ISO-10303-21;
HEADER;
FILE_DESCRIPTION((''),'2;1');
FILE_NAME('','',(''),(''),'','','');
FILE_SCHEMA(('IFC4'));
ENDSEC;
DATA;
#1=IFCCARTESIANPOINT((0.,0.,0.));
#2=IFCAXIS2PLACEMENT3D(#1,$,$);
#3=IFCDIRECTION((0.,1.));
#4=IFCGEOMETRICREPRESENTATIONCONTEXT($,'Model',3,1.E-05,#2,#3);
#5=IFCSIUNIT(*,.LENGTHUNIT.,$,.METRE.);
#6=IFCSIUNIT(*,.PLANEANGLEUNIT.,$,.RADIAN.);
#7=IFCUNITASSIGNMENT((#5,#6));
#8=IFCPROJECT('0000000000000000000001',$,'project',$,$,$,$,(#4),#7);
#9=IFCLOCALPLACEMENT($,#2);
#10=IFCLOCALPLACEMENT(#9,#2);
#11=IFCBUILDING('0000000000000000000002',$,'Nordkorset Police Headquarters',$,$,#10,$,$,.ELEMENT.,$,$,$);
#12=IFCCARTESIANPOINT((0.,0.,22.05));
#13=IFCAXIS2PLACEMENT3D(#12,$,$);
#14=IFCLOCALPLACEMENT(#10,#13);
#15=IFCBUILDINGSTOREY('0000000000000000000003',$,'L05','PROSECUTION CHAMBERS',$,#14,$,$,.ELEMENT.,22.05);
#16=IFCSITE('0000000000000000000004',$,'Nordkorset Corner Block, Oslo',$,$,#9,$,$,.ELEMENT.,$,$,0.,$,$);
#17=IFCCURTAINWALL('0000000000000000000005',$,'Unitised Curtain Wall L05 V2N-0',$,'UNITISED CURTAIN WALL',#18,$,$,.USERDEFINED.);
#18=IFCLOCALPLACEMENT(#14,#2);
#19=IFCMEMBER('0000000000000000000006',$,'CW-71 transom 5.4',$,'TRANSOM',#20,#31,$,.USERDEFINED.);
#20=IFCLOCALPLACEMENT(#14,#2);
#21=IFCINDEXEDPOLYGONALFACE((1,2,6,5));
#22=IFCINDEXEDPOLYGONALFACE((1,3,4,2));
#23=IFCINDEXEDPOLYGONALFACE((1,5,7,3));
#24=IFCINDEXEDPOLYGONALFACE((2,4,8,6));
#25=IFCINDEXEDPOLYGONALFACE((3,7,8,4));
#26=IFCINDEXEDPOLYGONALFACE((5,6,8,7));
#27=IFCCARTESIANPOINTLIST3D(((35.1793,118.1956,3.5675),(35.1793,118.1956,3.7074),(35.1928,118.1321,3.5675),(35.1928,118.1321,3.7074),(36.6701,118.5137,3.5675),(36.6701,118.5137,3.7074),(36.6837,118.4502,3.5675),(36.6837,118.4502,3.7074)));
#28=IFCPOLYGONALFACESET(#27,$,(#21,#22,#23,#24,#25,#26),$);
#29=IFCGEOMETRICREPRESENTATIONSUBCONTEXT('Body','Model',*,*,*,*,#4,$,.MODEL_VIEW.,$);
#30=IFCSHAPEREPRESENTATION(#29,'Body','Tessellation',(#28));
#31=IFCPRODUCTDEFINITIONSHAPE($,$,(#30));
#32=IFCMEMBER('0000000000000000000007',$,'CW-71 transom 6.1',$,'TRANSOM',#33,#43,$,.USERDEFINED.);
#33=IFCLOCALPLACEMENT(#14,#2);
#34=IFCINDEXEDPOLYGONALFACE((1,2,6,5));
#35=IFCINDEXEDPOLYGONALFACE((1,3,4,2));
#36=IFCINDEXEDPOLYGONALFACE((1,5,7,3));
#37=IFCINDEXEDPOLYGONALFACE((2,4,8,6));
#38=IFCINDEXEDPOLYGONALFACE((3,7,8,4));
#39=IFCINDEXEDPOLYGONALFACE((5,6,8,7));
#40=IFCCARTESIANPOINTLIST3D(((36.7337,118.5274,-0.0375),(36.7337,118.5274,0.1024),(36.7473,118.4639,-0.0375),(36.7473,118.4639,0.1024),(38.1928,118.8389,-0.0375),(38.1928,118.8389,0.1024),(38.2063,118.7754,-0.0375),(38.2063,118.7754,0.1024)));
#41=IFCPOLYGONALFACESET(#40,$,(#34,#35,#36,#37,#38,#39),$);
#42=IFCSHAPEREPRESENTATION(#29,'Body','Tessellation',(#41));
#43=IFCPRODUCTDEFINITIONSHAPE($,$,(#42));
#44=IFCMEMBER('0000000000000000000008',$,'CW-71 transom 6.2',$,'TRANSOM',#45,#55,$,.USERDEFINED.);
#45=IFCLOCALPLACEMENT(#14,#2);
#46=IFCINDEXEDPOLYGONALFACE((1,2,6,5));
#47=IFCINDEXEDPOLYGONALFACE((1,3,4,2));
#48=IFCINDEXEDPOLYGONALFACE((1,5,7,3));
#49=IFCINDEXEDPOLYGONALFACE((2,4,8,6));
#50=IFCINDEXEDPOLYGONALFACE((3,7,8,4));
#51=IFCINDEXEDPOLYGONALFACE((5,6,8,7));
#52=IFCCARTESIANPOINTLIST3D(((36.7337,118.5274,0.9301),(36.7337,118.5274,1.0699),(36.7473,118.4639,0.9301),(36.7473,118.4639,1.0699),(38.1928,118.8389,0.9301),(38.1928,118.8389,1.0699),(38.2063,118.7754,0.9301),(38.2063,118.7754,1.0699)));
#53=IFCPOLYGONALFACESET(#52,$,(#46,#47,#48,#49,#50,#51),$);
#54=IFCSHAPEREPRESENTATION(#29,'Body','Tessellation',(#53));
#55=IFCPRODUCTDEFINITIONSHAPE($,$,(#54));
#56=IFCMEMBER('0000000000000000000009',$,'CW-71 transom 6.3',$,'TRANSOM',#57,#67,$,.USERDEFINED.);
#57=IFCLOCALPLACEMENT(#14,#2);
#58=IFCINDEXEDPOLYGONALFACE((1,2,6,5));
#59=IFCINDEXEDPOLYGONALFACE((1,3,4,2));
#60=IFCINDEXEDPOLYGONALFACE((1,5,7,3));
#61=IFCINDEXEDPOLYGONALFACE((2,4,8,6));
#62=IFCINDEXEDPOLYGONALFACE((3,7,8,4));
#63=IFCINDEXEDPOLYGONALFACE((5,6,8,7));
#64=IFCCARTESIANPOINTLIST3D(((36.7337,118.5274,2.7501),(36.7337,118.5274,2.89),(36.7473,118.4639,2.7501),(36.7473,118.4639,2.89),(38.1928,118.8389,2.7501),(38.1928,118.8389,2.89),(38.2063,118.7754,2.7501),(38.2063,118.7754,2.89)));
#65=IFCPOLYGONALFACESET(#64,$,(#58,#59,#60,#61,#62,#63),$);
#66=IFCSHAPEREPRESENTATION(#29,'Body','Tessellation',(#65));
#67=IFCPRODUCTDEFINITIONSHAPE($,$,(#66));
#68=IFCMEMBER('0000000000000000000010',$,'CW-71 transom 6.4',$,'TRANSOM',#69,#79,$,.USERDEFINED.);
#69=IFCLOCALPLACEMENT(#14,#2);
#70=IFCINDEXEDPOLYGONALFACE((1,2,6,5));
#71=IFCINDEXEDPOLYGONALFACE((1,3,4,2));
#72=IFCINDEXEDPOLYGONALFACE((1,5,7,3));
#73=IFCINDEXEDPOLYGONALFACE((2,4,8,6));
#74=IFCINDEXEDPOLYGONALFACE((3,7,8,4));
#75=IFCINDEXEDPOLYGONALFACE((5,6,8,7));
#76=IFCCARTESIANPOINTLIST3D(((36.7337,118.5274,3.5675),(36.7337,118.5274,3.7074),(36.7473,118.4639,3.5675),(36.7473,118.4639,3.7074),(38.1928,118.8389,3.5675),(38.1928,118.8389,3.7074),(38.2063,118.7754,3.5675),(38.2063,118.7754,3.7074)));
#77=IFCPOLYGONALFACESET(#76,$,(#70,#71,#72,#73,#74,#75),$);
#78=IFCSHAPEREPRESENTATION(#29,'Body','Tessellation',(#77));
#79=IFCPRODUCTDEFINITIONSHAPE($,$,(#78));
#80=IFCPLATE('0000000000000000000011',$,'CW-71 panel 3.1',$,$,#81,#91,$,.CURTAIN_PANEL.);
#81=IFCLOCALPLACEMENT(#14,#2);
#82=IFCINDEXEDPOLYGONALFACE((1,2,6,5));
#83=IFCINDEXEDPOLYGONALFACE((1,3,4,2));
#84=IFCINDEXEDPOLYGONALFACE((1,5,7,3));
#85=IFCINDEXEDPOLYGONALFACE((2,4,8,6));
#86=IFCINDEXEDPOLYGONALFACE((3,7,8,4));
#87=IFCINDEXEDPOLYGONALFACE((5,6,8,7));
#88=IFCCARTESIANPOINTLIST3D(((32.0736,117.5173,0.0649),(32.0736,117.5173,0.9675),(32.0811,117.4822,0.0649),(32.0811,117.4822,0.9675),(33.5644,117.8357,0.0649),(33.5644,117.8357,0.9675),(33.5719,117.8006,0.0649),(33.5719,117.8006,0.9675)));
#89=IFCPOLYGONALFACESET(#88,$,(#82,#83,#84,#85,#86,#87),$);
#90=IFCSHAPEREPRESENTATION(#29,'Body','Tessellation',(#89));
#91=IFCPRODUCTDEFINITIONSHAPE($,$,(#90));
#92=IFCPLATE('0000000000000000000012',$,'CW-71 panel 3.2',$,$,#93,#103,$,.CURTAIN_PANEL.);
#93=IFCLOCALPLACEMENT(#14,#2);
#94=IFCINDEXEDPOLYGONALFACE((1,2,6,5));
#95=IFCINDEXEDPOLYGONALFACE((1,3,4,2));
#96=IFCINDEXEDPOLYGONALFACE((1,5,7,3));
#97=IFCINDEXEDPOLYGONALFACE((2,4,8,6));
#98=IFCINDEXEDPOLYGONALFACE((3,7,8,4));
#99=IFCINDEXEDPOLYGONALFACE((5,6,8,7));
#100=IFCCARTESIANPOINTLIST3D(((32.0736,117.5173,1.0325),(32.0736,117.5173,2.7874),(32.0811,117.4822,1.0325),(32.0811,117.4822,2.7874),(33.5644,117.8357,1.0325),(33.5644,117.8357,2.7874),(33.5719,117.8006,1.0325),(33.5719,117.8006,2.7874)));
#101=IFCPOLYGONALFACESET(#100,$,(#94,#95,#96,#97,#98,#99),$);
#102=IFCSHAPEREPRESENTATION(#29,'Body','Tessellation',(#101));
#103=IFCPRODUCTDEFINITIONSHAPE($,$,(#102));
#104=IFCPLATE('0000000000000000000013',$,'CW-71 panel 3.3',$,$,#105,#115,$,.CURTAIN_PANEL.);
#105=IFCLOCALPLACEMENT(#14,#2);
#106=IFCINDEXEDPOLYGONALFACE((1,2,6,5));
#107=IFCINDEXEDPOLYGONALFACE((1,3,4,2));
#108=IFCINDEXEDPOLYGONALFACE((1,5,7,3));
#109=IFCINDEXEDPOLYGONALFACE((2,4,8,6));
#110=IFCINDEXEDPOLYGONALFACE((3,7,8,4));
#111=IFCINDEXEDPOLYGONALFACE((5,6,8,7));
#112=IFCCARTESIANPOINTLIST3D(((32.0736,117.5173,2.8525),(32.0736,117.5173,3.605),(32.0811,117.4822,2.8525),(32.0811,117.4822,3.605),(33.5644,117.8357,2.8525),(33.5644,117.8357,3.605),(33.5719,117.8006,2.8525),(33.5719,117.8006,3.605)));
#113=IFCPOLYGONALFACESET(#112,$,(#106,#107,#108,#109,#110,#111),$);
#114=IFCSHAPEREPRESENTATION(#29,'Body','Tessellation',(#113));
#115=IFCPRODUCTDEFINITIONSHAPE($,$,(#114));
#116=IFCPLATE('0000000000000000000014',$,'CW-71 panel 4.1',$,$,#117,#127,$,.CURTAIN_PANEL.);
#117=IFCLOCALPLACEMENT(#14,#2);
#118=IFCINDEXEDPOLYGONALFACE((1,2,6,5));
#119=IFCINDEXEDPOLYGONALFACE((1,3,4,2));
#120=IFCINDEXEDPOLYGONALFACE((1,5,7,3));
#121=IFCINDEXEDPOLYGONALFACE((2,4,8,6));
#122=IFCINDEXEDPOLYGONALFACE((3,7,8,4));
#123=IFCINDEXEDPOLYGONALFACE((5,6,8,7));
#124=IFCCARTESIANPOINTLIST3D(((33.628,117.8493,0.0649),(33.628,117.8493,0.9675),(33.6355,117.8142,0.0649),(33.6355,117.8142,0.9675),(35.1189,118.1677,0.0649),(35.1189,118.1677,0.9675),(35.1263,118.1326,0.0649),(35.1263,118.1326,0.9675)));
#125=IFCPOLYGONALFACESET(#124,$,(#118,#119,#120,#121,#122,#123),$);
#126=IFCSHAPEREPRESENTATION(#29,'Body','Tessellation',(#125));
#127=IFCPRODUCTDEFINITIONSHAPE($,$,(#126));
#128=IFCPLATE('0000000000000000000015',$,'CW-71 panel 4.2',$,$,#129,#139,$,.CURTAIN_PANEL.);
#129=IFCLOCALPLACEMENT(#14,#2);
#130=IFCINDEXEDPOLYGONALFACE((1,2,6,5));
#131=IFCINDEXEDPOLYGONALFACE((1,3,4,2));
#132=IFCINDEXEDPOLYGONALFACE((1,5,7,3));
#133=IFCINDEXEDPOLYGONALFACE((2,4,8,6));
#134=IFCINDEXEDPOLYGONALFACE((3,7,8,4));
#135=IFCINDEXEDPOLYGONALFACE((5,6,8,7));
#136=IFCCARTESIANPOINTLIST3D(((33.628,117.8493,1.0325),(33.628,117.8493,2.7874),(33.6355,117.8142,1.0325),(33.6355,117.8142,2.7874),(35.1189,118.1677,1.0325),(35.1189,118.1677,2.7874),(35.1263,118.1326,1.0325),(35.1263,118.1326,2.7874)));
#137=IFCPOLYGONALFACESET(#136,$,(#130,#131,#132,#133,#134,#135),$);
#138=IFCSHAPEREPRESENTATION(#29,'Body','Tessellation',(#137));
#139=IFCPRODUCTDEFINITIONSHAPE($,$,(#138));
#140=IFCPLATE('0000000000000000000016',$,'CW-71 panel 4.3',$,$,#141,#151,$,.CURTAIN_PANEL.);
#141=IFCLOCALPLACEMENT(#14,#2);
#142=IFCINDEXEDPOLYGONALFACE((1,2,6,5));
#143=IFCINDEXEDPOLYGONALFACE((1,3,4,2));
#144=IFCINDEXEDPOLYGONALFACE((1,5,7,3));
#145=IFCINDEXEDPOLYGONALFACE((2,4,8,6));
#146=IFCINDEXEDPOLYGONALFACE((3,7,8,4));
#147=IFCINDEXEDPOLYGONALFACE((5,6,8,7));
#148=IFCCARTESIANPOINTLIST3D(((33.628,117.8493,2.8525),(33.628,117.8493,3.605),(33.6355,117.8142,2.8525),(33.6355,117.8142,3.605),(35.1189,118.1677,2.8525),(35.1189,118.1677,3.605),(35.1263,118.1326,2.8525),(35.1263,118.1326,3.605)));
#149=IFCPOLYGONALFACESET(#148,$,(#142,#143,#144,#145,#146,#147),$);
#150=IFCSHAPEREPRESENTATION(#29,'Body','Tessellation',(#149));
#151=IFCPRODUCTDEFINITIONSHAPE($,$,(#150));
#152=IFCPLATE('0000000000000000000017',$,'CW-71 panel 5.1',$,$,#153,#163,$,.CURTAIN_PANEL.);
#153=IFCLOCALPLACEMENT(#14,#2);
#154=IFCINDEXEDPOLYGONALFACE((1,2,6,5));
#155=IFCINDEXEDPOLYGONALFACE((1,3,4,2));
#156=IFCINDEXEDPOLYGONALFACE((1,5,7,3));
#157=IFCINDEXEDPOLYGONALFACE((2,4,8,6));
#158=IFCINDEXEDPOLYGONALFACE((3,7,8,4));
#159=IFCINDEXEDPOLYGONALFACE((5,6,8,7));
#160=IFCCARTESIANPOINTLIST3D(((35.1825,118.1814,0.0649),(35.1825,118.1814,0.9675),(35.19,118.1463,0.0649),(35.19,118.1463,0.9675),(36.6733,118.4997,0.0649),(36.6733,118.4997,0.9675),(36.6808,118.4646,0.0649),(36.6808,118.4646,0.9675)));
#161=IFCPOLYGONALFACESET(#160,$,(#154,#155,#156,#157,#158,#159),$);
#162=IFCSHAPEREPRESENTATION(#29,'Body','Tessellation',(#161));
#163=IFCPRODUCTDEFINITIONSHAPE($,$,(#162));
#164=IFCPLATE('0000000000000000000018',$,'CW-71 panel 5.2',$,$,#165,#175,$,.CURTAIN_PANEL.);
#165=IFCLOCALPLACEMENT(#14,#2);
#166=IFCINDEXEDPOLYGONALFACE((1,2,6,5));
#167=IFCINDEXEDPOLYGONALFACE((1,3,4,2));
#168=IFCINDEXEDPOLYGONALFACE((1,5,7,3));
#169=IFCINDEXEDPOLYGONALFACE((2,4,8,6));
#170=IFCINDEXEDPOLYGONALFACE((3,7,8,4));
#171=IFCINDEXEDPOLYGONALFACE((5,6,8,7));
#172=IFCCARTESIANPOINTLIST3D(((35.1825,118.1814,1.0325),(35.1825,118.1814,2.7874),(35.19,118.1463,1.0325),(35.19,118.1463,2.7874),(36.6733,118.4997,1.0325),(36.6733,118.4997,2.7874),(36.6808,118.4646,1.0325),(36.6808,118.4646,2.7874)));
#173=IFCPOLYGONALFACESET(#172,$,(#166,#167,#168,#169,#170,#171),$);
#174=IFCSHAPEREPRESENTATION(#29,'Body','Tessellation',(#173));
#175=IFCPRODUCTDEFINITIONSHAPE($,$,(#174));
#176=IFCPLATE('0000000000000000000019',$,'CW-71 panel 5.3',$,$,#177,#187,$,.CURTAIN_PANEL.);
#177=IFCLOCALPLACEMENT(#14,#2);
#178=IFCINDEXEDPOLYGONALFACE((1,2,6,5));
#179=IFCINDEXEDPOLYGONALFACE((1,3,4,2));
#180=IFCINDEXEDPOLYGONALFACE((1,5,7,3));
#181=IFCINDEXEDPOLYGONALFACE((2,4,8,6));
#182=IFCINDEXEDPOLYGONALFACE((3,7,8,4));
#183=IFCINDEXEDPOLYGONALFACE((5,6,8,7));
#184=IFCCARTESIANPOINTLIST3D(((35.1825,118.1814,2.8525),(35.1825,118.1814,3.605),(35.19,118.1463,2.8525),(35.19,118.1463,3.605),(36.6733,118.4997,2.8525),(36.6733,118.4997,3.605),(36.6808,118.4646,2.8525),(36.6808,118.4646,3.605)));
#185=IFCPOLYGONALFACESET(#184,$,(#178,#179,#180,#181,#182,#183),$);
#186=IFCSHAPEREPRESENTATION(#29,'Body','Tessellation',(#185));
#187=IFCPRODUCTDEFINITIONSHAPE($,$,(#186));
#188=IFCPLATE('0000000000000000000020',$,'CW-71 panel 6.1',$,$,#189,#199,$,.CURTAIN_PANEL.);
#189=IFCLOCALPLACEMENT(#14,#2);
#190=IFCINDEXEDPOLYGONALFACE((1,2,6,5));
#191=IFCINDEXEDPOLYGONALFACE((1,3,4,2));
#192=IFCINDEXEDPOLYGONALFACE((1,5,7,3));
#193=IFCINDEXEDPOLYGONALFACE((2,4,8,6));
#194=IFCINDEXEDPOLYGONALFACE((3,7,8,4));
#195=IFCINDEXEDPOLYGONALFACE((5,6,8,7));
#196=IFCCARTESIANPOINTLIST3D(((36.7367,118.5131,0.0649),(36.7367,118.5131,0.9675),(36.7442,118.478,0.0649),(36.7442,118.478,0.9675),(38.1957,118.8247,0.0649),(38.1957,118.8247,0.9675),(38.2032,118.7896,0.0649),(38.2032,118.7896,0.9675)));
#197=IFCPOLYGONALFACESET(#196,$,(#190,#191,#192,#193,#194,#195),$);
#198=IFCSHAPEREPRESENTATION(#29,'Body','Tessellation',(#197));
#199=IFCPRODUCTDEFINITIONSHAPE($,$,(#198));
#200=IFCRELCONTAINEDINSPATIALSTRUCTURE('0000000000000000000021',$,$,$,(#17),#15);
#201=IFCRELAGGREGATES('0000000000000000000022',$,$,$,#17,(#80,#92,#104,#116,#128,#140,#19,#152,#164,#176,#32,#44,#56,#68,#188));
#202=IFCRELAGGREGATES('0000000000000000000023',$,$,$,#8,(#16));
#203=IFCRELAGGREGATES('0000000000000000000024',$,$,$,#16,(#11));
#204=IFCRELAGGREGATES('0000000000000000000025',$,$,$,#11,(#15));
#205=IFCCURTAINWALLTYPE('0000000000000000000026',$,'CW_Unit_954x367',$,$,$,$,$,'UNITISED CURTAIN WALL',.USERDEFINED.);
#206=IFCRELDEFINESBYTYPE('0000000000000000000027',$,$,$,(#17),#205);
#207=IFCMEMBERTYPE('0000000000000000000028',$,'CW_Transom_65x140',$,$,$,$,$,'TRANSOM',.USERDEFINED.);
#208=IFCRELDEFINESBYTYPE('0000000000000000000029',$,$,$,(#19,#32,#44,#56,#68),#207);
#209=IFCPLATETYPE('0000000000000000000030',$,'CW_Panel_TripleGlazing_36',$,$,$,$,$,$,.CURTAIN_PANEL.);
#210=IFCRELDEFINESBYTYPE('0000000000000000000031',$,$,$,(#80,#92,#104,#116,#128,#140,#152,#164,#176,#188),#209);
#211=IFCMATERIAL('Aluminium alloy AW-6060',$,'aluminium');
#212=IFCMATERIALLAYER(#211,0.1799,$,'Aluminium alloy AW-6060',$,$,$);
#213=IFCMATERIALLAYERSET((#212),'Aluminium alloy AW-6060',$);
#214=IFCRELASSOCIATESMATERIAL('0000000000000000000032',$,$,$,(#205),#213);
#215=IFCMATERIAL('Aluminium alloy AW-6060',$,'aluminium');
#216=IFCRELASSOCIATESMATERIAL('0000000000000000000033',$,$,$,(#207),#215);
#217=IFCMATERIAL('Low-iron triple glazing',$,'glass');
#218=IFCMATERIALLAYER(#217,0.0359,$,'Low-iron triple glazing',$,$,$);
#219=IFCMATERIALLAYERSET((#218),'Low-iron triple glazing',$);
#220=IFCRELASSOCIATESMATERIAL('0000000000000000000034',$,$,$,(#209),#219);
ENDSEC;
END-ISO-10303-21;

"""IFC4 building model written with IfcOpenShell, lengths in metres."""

from ifc_helpers import new_model, si_unit, direction, frame, origin, origin_2d, place, context, subcontext, project, spatial, rectangle, extrude, material, layer, layer_set, material_profile, profile_set, type_object, element, aggregate, save


model = new_model("IFC4")

# Units and contexts
model_context = context("Model", 3, precision=1e-05, world=origin(), true_north=direction((0.0, 1.0)))
body_context = subcontext(model_context, "Body", "Model", "MODEL_VIEW")
ifc_project = project(units=[si_unit("LENGTHUNIT", "METRE"), si_unit("PLANEANGLEUNIT", "RADIAN")], contexts=[model_context])

# Site, building, storey
site_placement = place(None, origin())
site = spatial("IfcSite", under=ifc_project, at=site_placement, Name="Nordkorset Corner Block, Oslo", CompositionType="ELEMENT", RefElevation=0.0)
building_placement = place(site_placement, origin())
building = spatial("IfcBuilding", under=site, at=building_placement, Name="Nordkorset Police Headquarters", CompositionType="ELEMENT")
storey_placement = place(building_placement, frame((0.0, 0.0, 22.05)))
storey = spatial("IfcBuildingStorey", under=building, at=storey_placement, Name="L05", Description="PROSECUTION CHAMBERS", CompositionType="ELEMENT", Elevation=22.05)

# Curtain wall, members, plates
ifc_material_1 = material(Name="Aluminium alloy AW-6060", Category="aluminium")
ifc_layer_1 = layer(ifc_material_1, 0.1799, Name="Aluminium alloy AW-6060")
ifc_layer_set_1 = layer_set([ifc_layer_1], Name="Aluminium alloy AW-6060")
curtain_wall_type = type_object("IfcCurtainWallType", Name="CW_Unit_954x367", ElementType="UNITISED CURTAIN WALL", PredefinedType="USERDEFINED", material=ifc_layer_set_1)
curtain_wall_placement = place(storey_placement, origin())
curtain_wall = element("IfcCurtainWall", 1, at=curtain_wall_placement, inside=storey, type_object=curtain_wall_type, Name="Unitised Curtain Wall L05 V2N-0", ObjectType="UNITISED CURTAIN WALL", PredefinedType="USERDEFINED")
ifc_material_2 = material(Name="Aluminium alloy AW-6060", Category="aluminium")
ifc_material_profile_1 = material_profile(ifc_material_2, rectangle(XDim=0.0649, YDim=0.1399, at=origin_2d()), Name="ALU TRAN 65x140")
ifc_profile_set_1 = profile_set([ifc_material_profile_1], Name="Aluminium alloy AW-6060")
member_type_1 = type_object("IfcMemberType", Name="CW_Transom_65x140", ElementType="TRANSOM", PredefinedType="USERDEFINED", material=ifc_profile_set_1)
member_1_placement = place(storey_placement, frame((35.186, 118.1638, 3.6375), z_axis=(0.977987, 0.208665, 0.0), x_axis=(-0.208665, 0.977987, 0.0)))
member_1 = element("IfcMember", 2, at=member_1_placement, type_object=member_type_1, Name="CW-71 transom 5.4", ObjectType="TRANSOM", PredefinedType="USERDEFINED", context=body_context, shape_type="SweptSolid", body=[
    extrude(rectangle(XDim=0.0649, YDim=0.1399, at=origin_2d()), origin(), (0.0, 0.0, 1.0), 1.5244),
])
member_2_placement = place(storey_placement, frame((36.7405, 118.4956, 0.0325), z_axis=(0.977955, 0.208814, 0.0), x_axis=(-0.208814, 0.977955, 0.0)))
member_2 = element("IfcMember", 3, at=member_2_placement, type_object=member_type_1, Name="CW-71 transom 6.1", ObjectType="TRANSOM", PredefinedType="USERDEFINED", context=body_context, shape_type="SweptSolid", body=[
    extrude(rectangle(XDim=0.0649, YDim=0.1399, at=origin_2d()), origin(), (0.0, 0.0, 1.0), 1.4919),
])
member_3_placement = place(storey_placement, frame((36.7405, 118.4956, 1.0), z_axis=(0.977955, 0.208814, 0.0), x_axis=(-0.208814, 0.977955, 0.0)))
member_3 = element("IfcMember", 4, at=member_3_placement, type_object=member_type_1, Name="CW-71 transom 6.2", ObjectType="TRANSOM", PredefinedType="USERDEFINED", context=body_context, shape_type="SweptSolid", body=[
    extrude(rectangle(XDim=0.0649, YDim=0.1399, at=origin_2d()), origin(), (0.0, 0.0, 1.0), 1.4919),
])
member_4_placement = place(storey_placement, frame((36.7405, 118.4956, 2.8201), z_axis=(0.977955, 0.208814, 0.0), x_axis=(-0.208814, 0.977955, 0.0)))
member_4 = element("IfcMember", 5, at=member_4_placement, type_object=member_type_1, Name="CW-71 transom 6.3", ObjectType="TRANSOM", PredefinedType="USERDEFINED", context=body_context, shape_type="SweptSolid", body=[
    extrude(rectangle(XDim=0.0649, YDim=0.1399, at=origin_2d()), origin(), (0.0, 0.0, 1.0), 1.4919),
])
member_5_placement = place(storey_placement, frame((36.7405, 118.4956, 3.6375), z_axis=(0.977955, 0.208814, 0.0), x_axis=(-0.208814, 0.977955, 0.0)))
member_5 = element("IfcMember", 6, at=member_5_placement, type_object=member_type_1, Name="CW-71 transom 6.4", ObjectType="TRANSOM", PredefinedType="USERDEFINED", context=body_context, shape_type="SweptSolid", body=[
    extrude(rectangle(XDim=0.0649, YDim=0.1399, at=origin_2d()), origin(), (0.0, 0.0, 1.0), 1.4919),
])
ifc_material_3 = material(Name="Low-iron triple glazing", Category="glass")
ifc_layer_2 = layer(ifc_material_3, 0.0359, Name="Low-iron triple glazing")
ifc_layer_set_2 = layer_set([ifc_layer_2], Name="Low-iron triple glazing")
plate_type = type_object("IfcPlateType", Name="CW_Panel_TripleGlazing_36", PredefinedType="CURTAIN_PANEL", material=ifc_layer_set_2)
plate_1_placement = place(storey_placement, frame((32.8228, 117.6589, 0.0649), z_axis=(0.0, 0.0, 1.0), x_axis=(0.977951, 0.208833, 0.0)))
plate_1 = element("IfcPlate", 7, at=plate_1_placement, type_object=plate_type, Name="CW-71 panel 3.1", PredefinedType="CURTAIN_PANEL", context=body_context, shape_type="SweptSolid", body=[
    extrude(rectangle(XDim=1.5244, YDim=0.0359, at=origin_2d()), origin(), (0.0, 0.0, 1.0), 0.9026),
])
plate_2_placement = place(storey_placement, frame((32.8228, 117.6589, 1.0325), z_axis=(0.0, 0.0, 1.0), x_axis=(0.977951, 0.208833, 0.0)))
plate_2 = element("IfcPlate", 8, at=plate_2_placement, type_object=plate_type, Name="CW-71 panel 3.2", PredefinedType="CURTAIN_PANEL", context=body_context, shape_type="SweptSolid", body=[
    extrude(rectangle(XDim=1.5244, YDim=0.0359, at=origin_2d()), origin(), (0.0, 0.0, 1.0), 1.7549),
])
plate_3_placement = place(storey_placement, frame((32.8228, 117.6589, 2.8525), z_axis=(0.0, 0.0, 1.0), x_axis=(0.977951, 0.208833, 0.0)))
plate_3 = element("IfcPlate", 9, at=plate_3_placement, type_object=plate_type, Name="CW-71 panel 3.3", PredefinedType="CURTAIN_PANEL", context=body_context, shape_type="SweptSolid", body=[
    extrude(rectangle(XDim=1.5244, YDim=0.0359, at=origin_2d()), origin(), (0.0, 0.0, 1.0), 0.7524),
])
plate_4_placement = place(storey_placement, frame((34.3772, 117.991, 0.0649), z_axis=(0.0, 0.0, 1.0), x_axis=(0.977951, 0.208833, 0.0)))
plate_4 = element("IfcPlate", 10, at=plate_4_placement, type_object=plate_type, Name="CW-71 panel 4.1", PredefinedType="CURTAIN_PANEL", context=body_context, shape_type="SweptSolid", body=[
    extrude(rectangle(XDim=1.5244, YDim=0.0359, at=origin_2d()), origin(), (0.0, 0.0, 1.0), 0.9026),
])
plate_5_placement = place(storey_placement, frame((34.3772, 117.991, 1.0325), z_axis=(0.0, 0.0, 1.0), x_axis=(0.977951, 0.208833, 0.0)))
plate_5 = element("IfcPlate", 11, at=plate_5_placement, type_object=plate_type, Name="CW-71 panel 4.2", PredefinedType="CURTAIN_PANEL", context=body_context, shape_type="SweptSolid", body=[
    extrude(rectangle(XDim=1.5244, YDim=0.0359, at=origin_2d()), origin(), (0.0, 0.0, 1.0), 1.7549),
])
plate_6_placement = place(storey_placement, frame((34.3772, 117.991, 2.8525), z_axis=(0.0, 0.0, 1.0), x_axis=(0.977951, 0.208833, 0.0)))
plate_6 = element("IfcPlate", 12, at=plate_6_placement, type_object=plate_type, Name="CW-71 panel 4.3", PredefinedType="CURTAIN_PANEL", context=body_context, shape_type="SweptSolid", body=[
    extrude(rectangle(XDim=1.5244, YDim=0.0359, at=origin_2d()), origin(), (0.0, 0.0, 1.0), 0.7524),
])
plate_7_placement = place(storey_placement, frame((35.9316, 118.323, 0.0649), z_axis=(0.0, 0.0, 1.0), x_axis=(0.977951, 0.208833, 0.0)))
plate_7 = element("IfcPlate", 13, at=plate_7_placement, type_object=plate_type, Name="CW-71 panel 5.1", PredefinedType="CURTAIN_PANEL", context=body_context, shape_type="SweptSolid", body=[
    extrude(rectangle(XDim=1.5244, YDim=0.0359, at=origin_2d()), origin(), (0.0, 0.0, 1.0), 0.9026),
])
plate_8_placement = place(storey_placement, frame((35.9316, 118.323, 1.0325), z_axis=(0.0, 0.0, 1.0), x_axis=(0.977951, 0.208833, 0.0)))
plate_8 = element("IfcPlate", 14, at=plate_8_placement, type_object=plate_type, Name="CW-71 panel 5.2", PredefinedType="CURTAIN_PANEL", context=body_context, shape_type="SweptSolid", body=[
    extrude(rectangle(XDim=1.5244, YDim=0.0359, at=origin_2d()), origin(), (0.0, 0.0, 1.0), 1.7549),
])
plate_9_placement = place(storey_placement, frame((35.9316, 118.323, 2.8525), z_axis=(0.0, 0.0, 1.0), x_axis=(0.977951, 0.208833, 0.0)))
plate_9 = element("IfcPlate", 15, at=plate_9_placement, type_object=plate_type, Name="CW-71 panel 5.3", PredefinedType="CURTAIN_PANEL", context=body_context, shape_type="SweptSolid", body=[
    extrude(rectangle(XDim=1.5244, YDim=0.0359, at=origin_2d()), origin(), (0.0, 0.0, 1.0), 0.7524),
])
plate_10_placement = place(storey_placement, frame((37.47, 118.6514, 0.0649), z_axis=(0.0, 0.0, 1.0), x_axis=(0.977951, 0.208833, 0.0)))
plate_10 = element("IfcPlate", 16, at=plate_10_placement, type_object=plate_type, Name="CW-71 panel 6.1", PredefinedType="CURTAIN_PANEL", context=body_context, shape_type="SweptSolid", body=[
    extrude(rectangle(XDim=1.4919, YDim=0.0359, at=origin_2d()), origin(), (0.0, 0.0, 1.0), 0.9026),
])
aggregate(curtain_wall, [plate_1, plate_2, plate_3, plate_4, plate_5, plate_6, member_1, plate_7, plate_8, plate_9, member_2, member_3, member_4, member_5, plate_10])

save(model, "model.ifc")
